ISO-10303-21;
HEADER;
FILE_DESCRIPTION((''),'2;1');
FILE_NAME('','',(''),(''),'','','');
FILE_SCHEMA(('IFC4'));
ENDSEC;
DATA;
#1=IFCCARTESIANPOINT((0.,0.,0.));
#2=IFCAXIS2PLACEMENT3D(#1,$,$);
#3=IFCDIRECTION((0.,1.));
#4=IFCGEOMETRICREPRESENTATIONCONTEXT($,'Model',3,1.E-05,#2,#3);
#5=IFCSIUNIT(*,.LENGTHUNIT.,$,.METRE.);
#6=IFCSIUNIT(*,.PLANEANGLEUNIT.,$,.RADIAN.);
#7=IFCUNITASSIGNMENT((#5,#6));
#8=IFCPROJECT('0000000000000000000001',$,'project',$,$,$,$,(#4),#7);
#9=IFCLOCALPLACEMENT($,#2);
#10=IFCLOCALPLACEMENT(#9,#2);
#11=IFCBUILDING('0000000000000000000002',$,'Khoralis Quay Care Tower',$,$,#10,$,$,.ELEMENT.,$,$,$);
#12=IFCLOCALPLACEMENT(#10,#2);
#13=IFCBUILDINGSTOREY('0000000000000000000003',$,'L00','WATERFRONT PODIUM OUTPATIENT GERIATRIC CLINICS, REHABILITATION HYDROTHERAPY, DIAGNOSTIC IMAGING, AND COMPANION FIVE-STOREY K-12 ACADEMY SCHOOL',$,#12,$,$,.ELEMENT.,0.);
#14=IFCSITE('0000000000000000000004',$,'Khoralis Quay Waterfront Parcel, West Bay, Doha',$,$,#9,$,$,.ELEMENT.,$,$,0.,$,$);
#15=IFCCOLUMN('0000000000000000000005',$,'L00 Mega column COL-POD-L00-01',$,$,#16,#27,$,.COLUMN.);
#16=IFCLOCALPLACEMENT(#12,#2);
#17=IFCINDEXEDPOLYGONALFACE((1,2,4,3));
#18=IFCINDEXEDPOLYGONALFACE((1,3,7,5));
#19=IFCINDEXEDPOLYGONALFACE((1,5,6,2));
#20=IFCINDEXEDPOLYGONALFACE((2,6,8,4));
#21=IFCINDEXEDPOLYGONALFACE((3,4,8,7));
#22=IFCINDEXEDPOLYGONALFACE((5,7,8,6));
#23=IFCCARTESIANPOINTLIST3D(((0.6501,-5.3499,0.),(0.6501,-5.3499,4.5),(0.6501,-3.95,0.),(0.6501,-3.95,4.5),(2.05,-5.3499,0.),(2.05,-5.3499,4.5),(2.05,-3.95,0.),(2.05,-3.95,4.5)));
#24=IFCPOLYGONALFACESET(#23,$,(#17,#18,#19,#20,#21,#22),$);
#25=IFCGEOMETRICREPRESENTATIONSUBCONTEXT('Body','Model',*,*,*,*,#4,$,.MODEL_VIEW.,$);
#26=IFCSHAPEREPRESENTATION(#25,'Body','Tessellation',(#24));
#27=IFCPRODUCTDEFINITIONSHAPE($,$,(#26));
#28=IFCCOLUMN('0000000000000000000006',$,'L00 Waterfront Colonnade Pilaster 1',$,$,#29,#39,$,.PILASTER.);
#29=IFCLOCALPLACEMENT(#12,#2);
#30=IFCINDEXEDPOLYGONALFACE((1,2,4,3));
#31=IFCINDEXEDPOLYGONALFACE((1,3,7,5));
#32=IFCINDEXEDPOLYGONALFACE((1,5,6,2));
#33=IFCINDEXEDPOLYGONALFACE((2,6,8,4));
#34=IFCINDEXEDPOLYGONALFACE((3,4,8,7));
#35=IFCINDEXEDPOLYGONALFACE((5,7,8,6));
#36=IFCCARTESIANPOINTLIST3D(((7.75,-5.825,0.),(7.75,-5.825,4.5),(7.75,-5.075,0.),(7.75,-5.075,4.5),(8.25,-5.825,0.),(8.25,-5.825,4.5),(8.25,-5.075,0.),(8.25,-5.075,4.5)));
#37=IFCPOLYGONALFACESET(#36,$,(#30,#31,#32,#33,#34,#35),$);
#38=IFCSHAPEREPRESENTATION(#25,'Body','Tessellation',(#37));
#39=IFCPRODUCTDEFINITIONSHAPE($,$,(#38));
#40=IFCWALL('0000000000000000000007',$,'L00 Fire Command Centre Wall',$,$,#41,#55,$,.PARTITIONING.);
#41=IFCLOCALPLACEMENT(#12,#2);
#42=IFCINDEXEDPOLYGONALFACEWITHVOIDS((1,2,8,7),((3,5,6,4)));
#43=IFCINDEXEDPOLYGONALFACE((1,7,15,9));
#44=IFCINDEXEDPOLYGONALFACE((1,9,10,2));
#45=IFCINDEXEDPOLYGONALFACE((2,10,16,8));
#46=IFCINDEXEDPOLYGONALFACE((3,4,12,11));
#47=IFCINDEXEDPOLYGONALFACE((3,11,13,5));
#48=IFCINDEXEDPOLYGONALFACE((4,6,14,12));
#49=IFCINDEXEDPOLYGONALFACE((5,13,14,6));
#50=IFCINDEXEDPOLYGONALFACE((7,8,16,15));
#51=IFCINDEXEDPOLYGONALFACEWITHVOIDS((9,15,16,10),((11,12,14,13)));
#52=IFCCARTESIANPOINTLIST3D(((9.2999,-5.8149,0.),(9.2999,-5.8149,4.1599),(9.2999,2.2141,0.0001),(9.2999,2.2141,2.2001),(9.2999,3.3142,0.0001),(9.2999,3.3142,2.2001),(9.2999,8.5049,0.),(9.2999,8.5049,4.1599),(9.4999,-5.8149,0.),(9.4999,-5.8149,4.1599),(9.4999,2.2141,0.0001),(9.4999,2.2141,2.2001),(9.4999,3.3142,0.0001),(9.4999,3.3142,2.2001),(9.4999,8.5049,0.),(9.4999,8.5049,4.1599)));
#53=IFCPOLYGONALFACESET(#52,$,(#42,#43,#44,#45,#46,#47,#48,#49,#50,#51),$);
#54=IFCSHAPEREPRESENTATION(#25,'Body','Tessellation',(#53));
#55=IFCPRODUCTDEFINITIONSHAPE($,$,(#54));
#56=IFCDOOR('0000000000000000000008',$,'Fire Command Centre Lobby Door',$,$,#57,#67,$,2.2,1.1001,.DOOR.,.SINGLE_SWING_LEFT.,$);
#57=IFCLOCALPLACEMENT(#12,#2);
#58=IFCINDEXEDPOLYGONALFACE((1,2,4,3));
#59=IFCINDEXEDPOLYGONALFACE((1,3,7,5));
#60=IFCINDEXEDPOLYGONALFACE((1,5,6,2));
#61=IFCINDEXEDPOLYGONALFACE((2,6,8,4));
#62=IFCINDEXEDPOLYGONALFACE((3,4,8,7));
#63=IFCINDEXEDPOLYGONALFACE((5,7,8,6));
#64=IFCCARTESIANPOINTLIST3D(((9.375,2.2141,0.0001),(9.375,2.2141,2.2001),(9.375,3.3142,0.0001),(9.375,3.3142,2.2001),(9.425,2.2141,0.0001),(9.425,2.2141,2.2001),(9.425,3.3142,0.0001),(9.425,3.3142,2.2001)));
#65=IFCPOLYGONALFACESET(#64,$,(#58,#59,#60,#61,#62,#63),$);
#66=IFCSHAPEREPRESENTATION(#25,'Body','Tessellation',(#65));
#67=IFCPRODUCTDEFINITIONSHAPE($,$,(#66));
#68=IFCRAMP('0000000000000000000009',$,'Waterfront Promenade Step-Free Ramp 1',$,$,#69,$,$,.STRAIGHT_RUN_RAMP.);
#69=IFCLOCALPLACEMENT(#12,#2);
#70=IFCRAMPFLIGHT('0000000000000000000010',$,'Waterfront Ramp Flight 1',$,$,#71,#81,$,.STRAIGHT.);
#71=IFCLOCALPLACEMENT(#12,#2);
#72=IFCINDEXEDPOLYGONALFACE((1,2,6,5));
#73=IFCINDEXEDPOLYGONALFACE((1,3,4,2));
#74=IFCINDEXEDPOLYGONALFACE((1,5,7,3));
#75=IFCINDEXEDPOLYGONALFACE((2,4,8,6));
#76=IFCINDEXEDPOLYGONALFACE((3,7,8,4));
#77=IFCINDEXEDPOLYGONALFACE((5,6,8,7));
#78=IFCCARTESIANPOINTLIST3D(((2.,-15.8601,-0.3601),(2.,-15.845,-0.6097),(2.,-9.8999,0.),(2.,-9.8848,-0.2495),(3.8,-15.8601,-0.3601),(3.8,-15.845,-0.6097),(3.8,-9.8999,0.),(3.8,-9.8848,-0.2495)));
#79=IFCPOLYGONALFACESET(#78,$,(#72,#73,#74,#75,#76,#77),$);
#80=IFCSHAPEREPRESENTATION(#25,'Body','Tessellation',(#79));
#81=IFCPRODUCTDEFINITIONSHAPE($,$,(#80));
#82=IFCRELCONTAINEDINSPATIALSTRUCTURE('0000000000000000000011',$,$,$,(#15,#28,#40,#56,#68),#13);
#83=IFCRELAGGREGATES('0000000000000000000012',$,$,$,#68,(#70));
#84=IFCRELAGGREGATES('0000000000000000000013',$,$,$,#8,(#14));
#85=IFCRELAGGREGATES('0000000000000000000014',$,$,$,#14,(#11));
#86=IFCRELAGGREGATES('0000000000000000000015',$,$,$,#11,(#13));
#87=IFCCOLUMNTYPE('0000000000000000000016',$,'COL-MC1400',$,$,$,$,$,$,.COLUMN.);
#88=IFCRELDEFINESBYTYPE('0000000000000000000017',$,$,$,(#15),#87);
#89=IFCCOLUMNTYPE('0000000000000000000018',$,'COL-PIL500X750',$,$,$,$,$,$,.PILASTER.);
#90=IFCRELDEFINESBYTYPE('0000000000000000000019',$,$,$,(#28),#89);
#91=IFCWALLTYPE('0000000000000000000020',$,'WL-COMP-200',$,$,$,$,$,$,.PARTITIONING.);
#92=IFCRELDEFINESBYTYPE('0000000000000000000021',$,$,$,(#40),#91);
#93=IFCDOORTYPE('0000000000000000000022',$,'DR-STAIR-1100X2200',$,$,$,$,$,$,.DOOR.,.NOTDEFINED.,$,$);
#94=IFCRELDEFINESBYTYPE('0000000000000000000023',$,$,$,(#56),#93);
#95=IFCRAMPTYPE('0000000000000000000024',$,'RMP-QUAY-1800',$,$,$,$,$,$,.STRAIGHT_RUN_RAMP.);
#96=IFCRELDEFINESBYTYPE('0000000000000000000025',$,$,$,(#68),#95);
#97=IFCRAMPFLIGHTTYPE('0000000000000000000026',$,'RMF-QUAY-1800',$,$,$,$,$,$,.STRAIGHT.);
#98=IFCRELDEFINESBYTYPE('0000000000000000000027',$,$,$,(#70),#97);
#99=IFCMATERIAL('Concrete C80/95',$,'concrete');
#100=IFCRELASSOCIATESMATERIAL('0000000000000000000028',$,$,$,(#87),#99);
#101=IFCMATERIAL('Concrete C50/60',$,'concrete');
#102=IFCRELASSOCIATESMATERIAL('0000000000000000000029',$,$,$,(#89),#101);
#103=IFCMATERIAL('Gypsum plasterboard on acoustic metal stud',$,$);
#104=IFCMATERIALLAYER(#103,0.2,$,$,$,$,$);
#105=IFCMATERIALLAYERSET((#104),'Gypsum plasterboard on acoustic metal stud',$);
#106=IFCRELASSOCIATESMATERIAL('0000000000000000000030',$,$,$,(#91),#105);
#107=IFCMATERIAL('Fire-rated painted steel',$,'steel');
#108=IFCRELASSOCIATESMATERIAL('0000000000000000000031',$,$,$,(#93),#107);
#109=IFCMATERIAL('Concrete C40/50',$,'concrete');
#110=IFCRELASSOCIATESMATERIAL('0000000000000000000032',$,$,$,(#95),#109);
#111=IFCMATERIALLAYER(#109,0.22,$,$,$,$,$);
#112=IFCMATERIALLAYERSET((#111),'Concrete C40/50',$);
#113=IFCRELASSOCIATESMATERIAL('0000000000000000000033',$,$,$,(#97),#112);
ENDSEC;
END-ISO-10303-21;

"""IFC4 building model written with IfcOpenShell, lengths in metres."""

from ifc_helpers import new_model, si_unit, direction, frame, frame_2d, origin, origin_2d, place, context, subcontext, project, spatial, polyline, rectangle, outline, extrude, source, transform, mapped, material, layer, layer_set, material_profile, profile_set, type_object, element, fill, aggregate, save


model = new_model("IFC4")

# Units and contexts
model_context = context("Model", 3, precision=1e-05, world=origin(), true_north=direction((0.0, 1.0)))
body_context = subcontext(model_context, "Body", "Model", "MODEL_VIEW")
ifc_project = project(units=[si_unit("LENGTHUNIT", "METRE"), si_unit("PLANEANGLEUNIT", "RADIAN")], contexts=[model_context])

# Site, building, storey
site_placement = place(None, origin())
site = spatial("IfcSite", under=ifc_project, at=site_placement, Name="Khoralis Quay Waterfront Parcel, West Bay, Doha", CompositionType="ELEMENT", RefElevation=0.0)
building_placement = place(site_placement, origin())
building = spatial("IfcBuilding", under=site, at=building_placement, Name="Khoralis Quay Care Tower", CompositionType="ELEMENT")
storey_placement = place(building_placement, origin())
storey = spatial("IfcBuildingStorey", under=building, at=storey_placement, Name="L00", Description="WATERFRONT PODIUM OUTPATIENT GERIATRIC CLINICS, REHABILITATION HYDROTHERAPY, DIAGNOSTIC IMAGING, AND COMPANION FIVE-STOREY K-12 ACADEMY SCHOOL", CompositionType="ELEMENT", Elevation=0.0)

# Columns
ifc_material_1 = material(Name="Concrete C80/95", Category="concrete")
ifc_material_profile_1 = material_profile(ifc_material_1, rectangle(XDim=1.3999, YDim=1.3999, at=origin_2d()), Name="Concrete C80/95")
ifc_profile_set_1 = profile_set([ifc_material_profile_1], Name="Concrete C80/95")
column_type_1 = type_object("IfcColumnType", Name="COL-MC1400", PredefinedType="COLUMN", material=ifc_profile_set_1)
shared_shape_1 = source(origin(), body_context, "Body", "SweptSolid", [
    extrude(rectangle(XDim=1.3999, YDim=1.3999, at=origin_2d()), origin(), (0.0, 0.0, 1.0), 4.5),
])
column_1_placement = place(storey_placement, frame((1.3501, -4.6499, 0.0), z_axis=(0.0, 0.0, 1.0), x_axis=(1.0, 0.0, 0.0)))
element("IfcColumn", 1, at=column_1_placement, inside=storey, type_object=column_type_1, Name="L00 Mega column COL-POD-L00-01", PredefinedType="COLUMN", context=body_context, shape_type="MappedRepresentation", body=[
    mapped(shared_shape_1, transform((0.0, 0.0, 0.0), scale=1.0)),
])
ifc_material_2 = material(Name="Concrete C50/60", Category="concrete")
ifc_material_profile_2 = material_profile(ifc_material_2, rectangle(XDim=0.5, YDim=0.75, at=origin_2d()), Name="Concrete C50/60")
ifc_profile_set_2 = profile_set([ifc_material_profile_2], Name="Concrete C50/60")
column_type_2 = type_object("IfcColumnType", Name="COL-PIL500X750", PredefinedType="PILASTER", material=ifc_profile_set_2)
shared_shape_2 = source(origin(), body_context, "Body", "SweptSolid", [
    extrude(rectangle(XDim=0.5, YDim=0.75, at=origin_2d()), origin(), (0.0, 0.0, 1.0), 4.5),
])
column_2_placement = place(storey_placement, frame((8.0, -5.45, 0.0), z_axis=(0.0, 0.0, 1.0), x_axis=(1.0, 0.0, 0.0)))
element("IfcColumn", 2, at=column_2_placement, inside=storey, type_object=column_type_2, Name="L00 Waterfront Colonnade Pilaster 1", PredefinedType="PILASTER", context=body_context, shape_type="MappedRepresentation", body=[
    mapped(shared_shape_2, transform((0.0, 0.0, 0.0), scale=1.0)),
])

# Wall, opening, door
ifc_material_3 = material(Name="Gypsum plasterboard on acoustic metal stud")
ifc_layer_1 = layer(ifc_material_3, 0.2)
ifc_layer_set_1 = layer_set([ifc_layer_1], Name="Gypsum plasterboard on acoustic metal stud")
wall_type_1 = type_object("IfcWallType", Name="WL-COMP-200", PredefinedType="PARTITIONING", material=ifc_layer_set_1)
wall_1_placement = place(storey_placement, frame((9.3999, -5.8149, 0.0), z_axis=(0.0, 0.0, 1.0), x_axis=(0.0, 1.0, 0.0)))
wall_1 = element("IfcWall", 3, at=wall_1_placement, inside=storey, type_object=wall_type_1, Name="L00 Fire Command Centre Wall", PredefinedType="PARTITIONING", context=body_context, shape_type="SweptSolid", body=[
    extrude(rectangle(XDim=14.3198, YDim=0.2, at=frame_2d((7.1599, 0.0))), origin(), (0.0, 0.0, 1.0), 4.1599),
])
opening_1_placement = place(wall_1_placement, frame((8.0291, 0.0, 0.0)))
opening_1 = element("IfcOpeningElement", 4, at=opening_1_placement, cuts=wall_1, PredefinedType="OPENING", context=body_context, shape_type="SweptSolid", body=[
    extrude(rectangle(XDim=1.1001, YDim=2.2, at=frame_2d((0.55, 1.1001))), frame((0.0, 0.1099, 0.0), z_axis=(0.0, -1.0, 0.0), x_axis=(1.0, 0.0, 0.0)), (0.0, 0.0, 1.0), 0.22),
])
ifc_material_4 = material(Name="Fire-rated painted steel", Category="steel")
door_type_1 = type_object("IfcDoorType", Name="DR-STAIR-1100X2200", OperationType="NOTDEFINED", PredefinedType="DOOR", material=ifc_material_4)
shared_shape_3 = source(origin(), body_context, "Body", "SweptSolid", [
    extrude(rectangle(XDim=1.1001, YDim=2.2, at=frame_2d((0.55, 1.1001))), frame((0.0, 0.0249, 0.0), z_axis=(0.0, -1.0, 0.0), x_axis=(1.0, 0.0, 0.0)), (0.0, 0.0, 1.0), 0.05),
])
door_1_placement = place(opening_1_placement, origin())
door_1 = element("IfcDoor", 5, at=door_1_placement, inside=storey, type_object=door_type_1, Name="Fire Command Centre Lobby Door", OperationType="SINGLE_SWING_LEFT", OverallHeight=2.2, OverallWidth=1.1001, PredefinedType="DOOR", context=body_context, shape_type="MappedRepresentation", body=[
    mapped(shared_shape_3, transform((0.0, 0.0, 0.0), scale=1.0)),
])
fill(opening_1, door_1)

# Ramp, ramp flight
ifc_material_5 = material(Name="Concrete C40/50", Category="concrete")
ramp_type = type_object("IfcRampType", Name="RMP-QUAY-1800", PredefinedType="STRAIGHT_RUN_RAMP", material=ifc_material_5)
ramp_placement = place(storey_placement, origin())
ramp = element("IfcRamp", 6, at=ramp_placement, inside=storey, type_object=ramp_type, Name="Waterfront Promenade Step-Free Ramp 1", PredefinedType="STRAIGHT_RUN_RAMP")
ifc_layer_2 = layer(ifc_material_5, 0.22)
ifc_layer_set_2 = layer_set([ifc_layer_2], Name="Concrete C40/50")
ramp_flight_type = type_object("IfcRampFlightType", Name="RMF-QUAY-1800", PredefinedType="STRAIGHT", material=ifc_layer_set_2)
ramp_flight_placement = place(storey_placement, frame((2.0, -15.8601, -0.3601), z_axis=(0.0, -0.060309, 0.99818), x_axis=(1.0, 0.0, 0.0)))
ramp_flight = element("IfcRampFlight", 7, at=ramp_flight_placement, type_object=ramp_flight_type, Name="Waterfront Ramp Flight 1", PredefinedType="STRAIGHT", context=body_context, shape_type="SweptSolid", body=[
    extrude(outline(polyline([(0.0, 0.0), (1.8, 0.0), (1.8, 5.9711), (0.0, 5.9711), (0.0, 0.0)])), origin(), (0.0, 0.0, -1.0), 0.25),
])
aggregate(ramp, [ramp_flight])

save(model, "model.ifc")
